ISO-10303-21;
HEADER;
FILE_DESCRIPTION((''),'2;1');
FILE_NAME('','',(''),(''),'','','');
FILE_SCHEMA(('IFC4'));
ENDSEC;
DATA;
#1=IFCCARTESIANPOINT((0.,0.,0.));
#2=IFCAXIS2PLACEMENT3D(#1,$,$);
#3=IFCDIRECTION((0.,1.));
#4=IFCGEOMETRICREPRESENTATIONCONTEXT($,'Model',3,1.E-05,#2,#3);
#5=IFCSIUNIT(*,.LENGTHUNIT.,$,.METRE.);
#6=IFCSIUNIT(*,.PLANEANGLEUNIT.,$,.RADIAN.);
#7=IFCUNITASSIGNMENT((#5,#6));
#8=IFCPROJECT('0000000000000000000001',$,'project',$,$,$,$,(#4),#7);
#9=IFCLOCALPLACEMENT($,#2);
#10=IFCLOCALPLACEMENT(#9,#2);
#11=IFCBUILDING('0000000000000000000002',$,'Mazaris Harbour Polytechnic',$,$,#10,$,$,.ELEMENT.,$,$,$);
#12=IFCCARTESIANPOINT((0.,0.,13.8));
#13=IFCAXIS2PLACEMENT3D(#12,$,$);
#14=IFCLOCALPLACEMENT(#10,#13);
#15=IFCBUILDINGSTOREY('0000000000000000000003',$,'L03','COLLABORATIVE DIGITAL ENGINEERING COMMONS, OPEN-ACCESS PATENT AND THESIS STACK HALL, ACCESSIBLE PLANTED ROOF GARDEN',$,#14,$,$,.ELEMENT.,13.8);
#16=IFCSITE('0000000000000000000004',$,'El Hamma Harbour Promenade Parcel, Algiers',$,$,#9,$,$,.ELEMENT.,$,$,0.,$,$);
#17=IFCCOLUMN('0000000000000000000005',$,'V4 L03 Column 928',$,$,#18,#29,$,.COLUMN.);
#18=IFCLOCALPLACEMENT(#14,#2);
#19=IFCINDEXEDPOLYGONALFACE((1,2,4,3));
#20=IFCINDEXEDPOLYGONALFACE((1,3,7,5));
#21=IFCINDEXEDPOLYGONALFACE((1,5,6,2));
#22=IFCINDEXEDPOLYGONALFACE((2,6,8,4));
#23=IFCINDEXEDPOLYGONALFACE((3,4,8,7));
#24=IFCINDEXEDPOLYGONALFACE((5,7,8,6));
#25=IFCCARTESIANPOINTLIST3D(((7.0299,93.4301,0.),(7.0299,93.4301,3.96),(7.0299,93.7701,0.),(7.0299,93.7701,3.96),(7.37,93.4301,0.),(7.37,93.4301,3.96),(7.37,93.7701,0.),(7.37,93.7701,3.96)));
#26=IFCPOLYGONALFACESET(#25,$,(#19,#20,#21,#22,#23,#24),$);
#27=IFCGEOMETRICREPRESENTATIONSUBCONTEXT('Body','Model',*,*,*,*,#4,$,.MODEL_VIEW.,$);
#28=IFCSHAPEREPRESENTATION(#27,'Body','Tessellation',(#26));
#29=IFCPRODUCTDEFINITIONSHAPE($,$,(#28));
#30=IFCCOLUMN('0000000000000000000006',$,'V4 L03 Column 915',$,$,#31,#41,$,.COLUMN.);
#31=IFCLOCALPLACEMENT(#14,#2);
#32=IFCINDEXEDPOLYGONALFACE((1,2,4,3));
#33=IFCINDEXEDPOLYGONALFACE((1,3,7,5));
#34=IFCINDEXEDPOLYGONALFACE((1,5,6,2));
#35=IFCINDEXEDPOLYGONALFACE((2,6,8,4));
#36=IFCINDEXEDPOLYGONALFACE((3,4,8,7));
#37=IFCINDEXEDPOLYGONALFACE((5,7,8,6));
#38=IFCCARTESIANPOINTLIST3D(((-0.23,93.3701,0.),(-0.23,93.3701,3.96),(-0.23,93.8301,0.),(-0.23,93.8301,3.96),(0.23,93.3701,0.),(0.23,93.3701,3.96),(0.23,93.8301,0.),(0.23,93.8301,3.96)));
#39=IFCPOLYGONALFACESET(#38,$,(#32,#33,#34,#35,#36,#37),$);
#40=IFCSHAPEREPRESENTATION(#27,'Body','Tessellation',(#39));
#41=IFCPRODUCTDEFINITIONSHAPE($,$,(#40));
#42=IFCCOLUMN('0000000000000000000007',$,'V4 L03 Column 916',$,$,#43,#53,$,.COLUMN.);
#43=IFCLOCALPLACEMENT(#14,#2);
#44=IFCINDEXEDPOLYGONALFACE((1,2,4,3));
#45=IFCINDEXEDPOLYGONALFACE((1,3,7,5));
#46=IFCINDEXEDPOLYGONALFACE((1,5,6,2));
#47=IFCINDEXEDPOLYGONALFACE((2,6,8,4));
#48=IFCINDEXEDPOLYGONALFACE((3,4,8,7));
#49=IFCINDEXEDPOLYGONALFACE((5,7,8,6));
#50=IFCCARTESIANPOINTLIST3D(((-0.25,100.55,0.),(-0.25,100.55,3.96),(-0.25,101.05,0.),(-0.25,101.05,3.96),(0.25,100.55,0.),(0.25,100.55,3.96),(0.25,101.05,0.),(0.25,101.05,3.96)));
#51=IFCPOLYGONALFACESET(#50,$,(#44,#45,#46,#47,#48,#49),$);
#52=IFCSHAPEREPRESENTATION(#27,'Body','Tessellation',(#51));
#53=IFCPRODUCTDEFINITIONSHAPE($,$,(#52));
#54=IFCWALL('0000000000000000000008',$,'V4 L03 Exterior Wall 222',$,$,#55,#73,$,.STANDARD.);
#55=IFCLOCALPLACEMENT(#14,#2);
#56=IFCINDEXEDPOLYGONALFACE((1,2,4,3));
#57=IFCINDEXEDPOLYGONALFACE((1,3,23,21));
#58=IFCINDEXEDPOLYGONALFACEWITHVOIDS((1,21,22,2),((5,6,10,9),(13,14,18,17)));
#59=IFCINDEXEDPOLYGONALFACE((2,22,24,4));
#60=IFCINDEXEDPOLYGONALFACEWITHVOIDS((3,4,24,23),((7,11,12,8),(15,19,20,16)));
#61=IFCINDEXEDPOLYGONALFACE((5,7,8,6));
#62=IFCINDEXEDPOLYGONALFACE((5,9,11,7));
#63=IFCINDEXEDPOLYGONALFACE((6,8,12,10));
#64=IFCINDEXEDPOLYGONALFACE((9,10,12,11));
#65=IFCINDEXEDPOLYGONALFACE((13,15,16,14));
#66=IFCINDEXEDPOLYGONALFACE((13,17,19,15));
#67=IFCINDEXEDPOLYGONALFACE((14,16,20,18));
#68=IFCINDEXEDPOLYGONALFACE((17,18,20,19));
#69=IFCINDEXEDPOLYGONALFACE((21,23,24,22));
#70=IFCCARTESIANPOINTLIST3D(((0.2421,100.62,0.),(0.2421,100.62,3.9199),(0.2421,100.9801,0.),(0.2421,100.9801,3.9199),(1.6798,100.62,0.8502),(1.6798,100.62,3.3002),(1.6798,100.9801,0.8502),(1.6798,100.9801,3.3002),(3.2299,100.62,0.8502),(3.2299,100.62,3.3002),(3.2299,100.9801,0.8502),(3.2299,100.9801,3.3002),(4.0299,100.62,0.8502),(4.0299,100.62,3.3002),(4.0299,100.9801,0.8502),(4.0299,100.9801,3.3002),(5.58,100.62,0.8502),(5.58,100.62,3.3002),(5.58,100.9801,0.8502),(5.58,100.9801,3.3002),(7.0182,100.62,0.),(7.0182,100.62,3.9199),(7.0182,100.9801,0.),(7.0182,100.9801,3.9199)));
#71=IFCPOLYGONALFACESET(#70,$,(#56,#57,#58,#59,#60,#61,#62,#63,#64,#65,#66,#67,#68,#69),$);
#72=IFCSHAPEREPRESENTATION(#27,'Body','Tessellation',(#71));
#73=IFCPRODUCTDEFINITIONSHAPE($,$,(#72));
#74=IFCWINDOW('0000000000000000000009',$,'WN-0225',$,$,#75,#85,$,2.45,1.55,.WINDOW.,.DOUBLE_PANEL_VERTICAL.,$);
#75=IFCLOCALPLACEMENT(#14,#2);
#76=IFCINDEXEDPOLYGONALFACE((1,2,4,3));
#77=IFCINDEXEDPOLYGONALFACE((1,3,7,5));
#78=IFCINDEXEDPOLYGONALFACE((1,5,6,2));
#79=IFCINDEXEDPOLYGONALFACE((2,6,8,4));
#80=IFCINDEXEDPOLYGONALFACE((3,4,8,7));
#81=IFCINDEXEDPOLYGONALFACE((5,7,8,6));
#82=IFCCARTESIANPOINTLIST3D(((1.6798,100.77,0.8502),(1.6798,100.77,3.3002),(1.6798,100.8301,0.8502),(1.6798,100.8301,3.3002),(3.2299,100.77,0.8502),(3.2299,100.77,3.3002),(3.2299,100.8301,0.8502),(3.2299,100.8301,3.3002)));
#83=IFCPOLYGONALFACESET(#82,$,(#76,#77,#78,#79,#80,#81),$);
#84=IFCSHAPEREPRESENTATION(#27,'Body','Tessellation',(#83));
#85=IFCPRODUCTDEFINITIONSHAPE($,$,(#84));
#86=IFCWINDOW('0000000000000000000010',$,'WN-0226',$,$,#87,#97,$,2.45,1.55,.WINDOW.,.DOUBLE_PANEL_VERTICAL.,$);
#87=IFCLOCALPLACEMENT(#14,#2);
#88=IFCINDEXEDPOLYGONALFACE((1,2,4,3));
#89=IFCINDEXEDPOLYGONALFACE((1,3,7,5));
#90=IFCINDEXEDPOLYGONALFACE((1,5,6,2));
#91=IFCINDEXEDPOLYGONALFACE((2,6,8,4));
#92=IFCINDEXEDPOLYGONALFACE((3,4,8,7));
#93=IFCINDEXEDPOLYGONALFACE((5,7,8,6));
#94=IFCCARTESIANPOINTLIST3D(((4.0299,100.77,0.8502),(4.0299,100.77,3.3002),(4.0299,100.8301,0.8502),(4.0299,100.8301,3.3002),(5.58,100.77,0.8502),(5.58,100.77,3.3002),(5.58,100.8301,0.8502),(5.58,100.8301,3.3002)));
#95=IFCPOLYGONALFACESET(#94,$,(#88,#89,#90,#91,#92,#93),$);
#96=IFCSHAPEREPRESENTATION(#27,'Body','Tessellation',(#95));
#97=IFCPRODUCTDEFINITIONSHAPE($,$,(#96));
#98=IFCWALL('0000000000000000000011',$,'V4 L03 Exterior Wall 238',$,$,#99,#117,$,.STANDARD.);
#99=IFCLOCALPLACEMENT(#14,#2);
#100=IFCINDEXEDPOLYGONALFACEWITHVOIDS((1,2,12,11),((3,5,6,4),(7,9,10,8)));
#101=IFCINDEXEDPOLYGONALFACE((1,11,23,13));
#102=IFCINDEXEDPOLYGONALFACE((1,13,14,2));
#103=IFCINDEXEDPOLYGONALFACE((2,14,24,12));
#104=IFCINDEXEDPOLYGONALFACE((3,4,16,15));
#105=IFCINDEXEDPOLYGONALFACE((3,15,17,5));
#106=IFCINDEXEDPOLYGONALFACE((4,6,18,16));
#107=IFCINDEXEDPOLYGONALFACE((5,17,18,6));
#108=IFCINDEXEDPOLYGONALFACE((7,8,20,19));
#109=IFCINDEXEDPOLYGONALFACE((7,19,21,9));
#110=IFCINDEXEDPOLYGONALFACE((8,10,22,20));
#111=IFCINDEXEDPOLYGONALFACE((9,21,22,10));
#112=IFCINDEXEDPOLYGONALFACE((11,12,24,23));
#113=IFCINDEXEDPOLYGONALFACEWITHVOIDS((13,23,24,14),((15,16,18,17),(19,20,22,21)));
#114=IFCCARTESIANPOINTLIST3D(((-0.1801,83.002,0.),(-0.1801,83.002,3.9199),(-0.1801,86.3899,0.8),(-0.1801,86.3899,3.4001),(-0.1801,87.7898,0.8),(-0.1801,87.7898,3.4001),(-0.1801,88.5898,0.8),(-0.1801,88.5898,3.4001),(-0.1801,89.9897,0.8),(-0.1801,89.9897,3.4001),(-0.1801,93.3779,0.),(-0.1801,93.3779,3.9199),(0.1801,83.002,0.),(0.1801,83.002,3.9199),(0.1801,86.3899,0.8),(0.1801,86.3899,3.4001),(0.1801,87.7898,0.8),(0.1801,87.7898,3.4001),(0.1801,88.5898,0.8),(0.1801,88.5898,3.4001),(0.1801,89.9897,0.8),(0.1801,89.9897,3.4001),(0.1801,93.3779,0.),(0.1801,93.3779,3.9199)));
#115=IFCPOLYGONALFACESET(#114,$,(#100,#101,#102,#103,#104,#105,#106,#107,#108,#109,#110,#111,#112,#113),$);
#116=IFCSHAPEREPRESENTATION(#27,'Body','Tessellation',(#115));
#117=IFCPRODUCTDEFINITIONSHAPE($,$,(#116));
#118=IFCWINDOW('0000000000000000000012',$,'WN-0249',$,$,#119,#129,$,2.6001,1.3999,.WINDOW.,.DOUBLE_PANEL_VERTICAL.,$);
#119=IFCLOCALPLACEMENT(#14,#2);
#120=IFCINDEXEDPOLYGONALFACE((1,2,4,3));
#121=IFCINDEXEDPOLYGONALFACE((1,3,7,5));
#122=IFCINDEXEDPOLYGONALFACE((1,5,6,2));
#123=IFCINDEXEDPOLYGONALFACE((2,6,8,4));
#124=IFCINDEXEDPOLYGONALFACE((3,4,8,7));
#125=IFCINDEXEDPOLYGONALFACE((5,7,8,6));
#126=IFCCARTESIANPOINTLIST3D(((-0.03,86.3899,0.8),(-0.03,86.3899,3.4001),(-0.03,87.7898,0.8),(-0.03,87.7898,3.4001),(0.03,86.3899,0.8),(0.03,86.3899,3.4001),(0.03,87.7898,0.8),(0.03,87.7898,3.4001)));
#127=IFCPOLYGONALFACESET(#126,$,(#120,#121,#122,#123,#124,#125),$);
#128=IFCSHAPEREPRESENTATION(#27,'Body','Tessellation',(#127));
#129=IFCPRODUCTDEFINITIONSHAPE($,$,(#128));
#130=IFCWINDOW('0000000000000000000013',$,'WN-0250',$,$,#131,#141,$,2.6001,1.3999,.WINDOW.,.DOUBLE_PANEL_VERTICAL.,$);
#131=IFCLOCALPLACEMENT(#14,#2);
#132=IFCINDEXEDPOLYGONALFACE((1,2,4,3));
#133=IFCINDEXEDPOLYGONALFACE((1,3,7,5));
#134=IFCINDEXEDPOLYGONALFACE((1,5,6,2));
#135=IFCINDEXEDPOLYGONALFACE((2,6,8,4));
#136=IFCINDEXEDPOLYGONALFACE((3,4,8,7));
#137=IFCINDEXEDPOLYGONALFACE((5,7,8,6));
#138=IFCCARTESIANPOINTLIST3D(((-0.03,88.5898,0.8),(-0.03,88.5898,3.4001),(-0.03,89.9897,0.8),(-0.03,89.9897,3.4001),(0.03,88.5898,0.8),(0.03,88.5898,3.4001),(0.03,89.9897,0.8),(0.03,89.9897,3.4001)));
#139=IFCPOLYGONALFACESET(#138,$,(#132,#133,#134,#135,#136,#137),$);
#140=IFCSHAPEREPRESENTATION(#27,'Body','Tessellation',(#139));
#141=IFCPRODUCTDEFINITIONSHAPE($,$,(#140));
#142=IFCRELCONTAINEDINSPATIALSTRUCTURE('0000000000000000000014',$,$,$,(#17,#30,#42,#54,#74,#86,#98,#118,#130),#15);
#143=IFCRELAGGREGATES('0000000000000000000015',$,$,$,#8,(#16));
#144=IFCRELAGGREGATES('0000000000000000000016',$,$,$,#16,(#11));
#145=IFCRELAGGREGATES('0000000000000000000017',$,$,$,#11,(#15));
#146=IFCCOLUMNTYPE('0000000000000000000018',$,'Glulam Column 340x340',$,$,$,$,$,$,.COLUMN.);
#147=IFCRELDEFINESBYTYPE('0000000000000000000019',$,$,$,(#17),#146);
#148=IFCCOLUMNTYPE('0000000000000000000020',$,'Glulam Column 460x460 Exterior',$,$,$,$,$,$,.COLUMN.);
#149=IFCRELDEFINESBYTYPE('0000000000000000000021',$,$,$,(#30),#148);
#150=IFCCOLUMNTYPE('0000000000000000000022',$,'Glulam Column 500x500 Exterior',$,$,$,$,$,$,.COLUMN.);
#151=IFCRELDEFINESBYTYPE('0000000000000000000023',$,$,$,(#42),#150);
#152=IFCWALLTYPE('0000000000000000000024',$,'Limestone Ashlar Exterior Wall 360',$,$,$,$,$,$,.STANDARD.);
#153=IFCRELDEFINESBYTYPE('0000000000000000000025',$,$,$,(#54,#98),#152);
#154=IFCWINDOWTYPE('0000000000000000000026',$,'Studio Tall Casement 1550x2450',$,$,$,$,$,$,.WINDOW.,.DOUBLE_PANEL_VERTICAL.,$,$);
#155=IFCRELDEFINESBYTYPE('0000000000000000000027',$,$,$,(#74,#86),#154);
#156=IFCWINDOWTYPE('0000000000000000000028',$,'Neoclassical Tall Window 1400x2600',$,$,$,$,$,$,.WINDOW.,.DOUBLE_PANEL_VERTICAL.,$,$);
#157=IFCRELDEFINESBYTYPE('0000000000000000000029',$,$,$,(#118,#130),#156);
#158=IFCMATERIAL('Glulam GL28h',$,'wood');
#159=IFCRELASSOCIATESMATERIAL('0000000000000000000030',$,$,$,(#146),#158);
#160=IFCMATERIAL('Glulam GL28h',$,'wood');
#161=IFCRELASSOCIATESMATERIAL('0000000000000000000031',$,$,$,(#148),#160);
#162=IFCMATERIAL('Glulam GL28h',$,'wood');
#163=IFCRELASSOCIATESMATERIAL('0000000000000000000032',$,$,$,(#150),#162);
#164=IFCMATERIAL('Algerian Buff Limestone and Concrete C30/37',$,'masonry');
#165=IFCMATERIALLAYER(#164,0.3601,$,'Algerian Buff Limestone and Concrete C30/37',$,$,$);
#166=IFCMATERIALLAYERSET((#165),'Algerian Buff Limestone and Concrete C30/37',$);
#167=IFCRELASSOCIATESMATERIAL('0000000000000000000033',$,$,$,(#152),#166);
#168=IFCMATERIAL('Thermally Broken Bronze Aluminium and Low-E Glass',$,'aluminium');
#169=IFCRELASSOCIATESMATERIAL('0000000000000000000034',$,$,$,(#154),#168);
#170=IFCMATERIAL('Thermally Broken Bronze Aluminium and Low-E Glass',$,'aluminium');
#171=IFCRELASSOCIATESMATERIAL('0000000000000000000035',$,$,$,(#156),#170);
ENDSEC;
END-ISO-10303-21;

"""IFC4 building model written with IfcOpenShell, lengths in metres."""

from ifc_helpers import new_model, si_unit, direction, frame, frame_2d, origin, origin_2d, place, context, subcontext, project, spatial, rectangle, extrude, material, layer, layer_set, material_profile, profile_set, type_object, element, fill, save


model = new_model("IFC4")

# Units and contexts
model_context = context("Model", 3, precision=1e-05, world=origin(), true_north=direction((0.0, 1.0)))
body_context = subcontext(model_context, "Body", "Model", "MODEL_VIEW")
ifc_project = project(units=[si_unit("LENGTHUNIT", "METRE"), si_unit("PLANEANGLEUNIT", "RADIAN")], contexts=[model_context])

# Site, building, storey
site_placement = place(None, origin())
site = spatial("IfcSite", under=ifc_project, at=site_placement, Name="El Hamma Harbour Promenade Parcel, Algiers", CompositionType="ELEMENT", RefElevation=0.0)
building_placement = place(site_placement, origin())
building = spatial("IfcBuilding", under=site, at=building_placement, Name="Mazaris Harbour Polytechnic", CompositionType="ELEMENT")
storey_placement = place(building_placement, frame((0.0, 0.0, 13.8)))
storey = spatial("IfcBuildingStorey", under=building, at=storey_placement, Name="L03", Description="COLLABORATIVE DIGITAL ENGINEERING COMMONS, OPEN-ACCESS PATENT AND THESIS STACK HALL, ACCESSIBLE PLANTED ROOF GARDEN", CompositionType="ELEMENT", Elevation=13.8)

# Columns
ifc_material_1 = material(Name="Glulam GL28h", Category="wood")
ifc_material_profile_1 = material_profile(ifc_material_1, rectangle(XDim=0.3401, YDim=0.3401, at=origin_2d()), Name="RECT340x340")
ifc_profile_set_1 = profile_set([ifc_material_profile_1], Name="Glulam GL28h")
column_type_1 = type_object("IfcColumnType", Name="Glulam Column 340x340", PredefinedType="COLUMN", material=ifc_profile_set_1)
column_1_placement = place(storey_placement, frame((7.2, 93.6001, 0.0), z_axis=(0.0, 0.0, 1.0), x_axis=(1.0, 0.0, 0.0)))
element("IfcColumn", 1, at=column_1_placement, inside=storey, type_object=column_type_1, Name="V4 L03 Column 928", PredefinedType="COLUMN", context=body_context, shape_type="SweptSolid", body=[
    extrude(rectangle(XDim=0.3401, YDim=0.3401, at=origin_2d()), origin(), (0.0, 0.0, 1.0), 3.96),
])
ifc_material_2 = material(Name="Glulam GL28h", Category="wood")
ifc_material_profile_2 = material_profile(ifc_material_2, rectangle(XDim=0.46, YDim=0.46, at=origin_2d()), Name="RECT460x460")
ifc_profile_set_2 = profile_set([ifc_material_profile_2], Name="Glulam GL28h")
column_type_2 = type_object("IfcColumnType", Name="Glulam Column 460x460 Exterior", PredefinedType="COLUMN", material=ifc_profile_set_2)
column_2_placement = place(storey_placement, frame((0.0, 93.6001, 0.0), z_axis=(0.0, 0.0, 1.0), x_axis=(1.0, 0.0, 0.0)))
element("IfcColumn", 2, at=column_2_placement, inside=storey, type_object=column_type_2, Name="V4 L03 Column 915", PredefinedType="COLUMN", context=body_context, shape_type="SweptSolid", body=[
    extrude(rectangle(XDim=0.46, YDim=0.46, at=origin_2d()), origin(), (0.0, 0.0, 1.0), 3.96),
])
ifc_material_3 = material(Name="Glulam GL28h", Category="wood")
ifc_material_profile_3 = material_profile(ifc_material_3, rectangle(XDim=0.5, YDim=0.5, at=origin_2d()), Name="RECT500x500")
ifc_profile_set_3 = profile_set([ifc_material_profile_3], Name="Glulam GL28h")
column_type_3 = type_object("IfcColumnType", Name="Glulam Column 500x500 Exterior", PredefinedType="COLUMN", material=ifc_profile_set_3)
column_3_placement = place(storey_placement, frame((0.0, 100.8, 0.0), z_axis=(0.0, 0.0, 1.0), x_axis=(1.0, 0.0, 0.0)))
element("IfcColumn", 3, at=column_3_placement, inside=storey, type_object=column_type_3, Name="V4 L03 Column 916", PredefinedType="COLUMN", context=body_context, shape_type="SweptSolid", body=[
    extrude(rectangle(XDim=0.5, YDim=0.5, at=origin_2d()), origin(), (0.0, 0.0, 1.0), 3.96),
])

# Walls, openings, windows
ifc_material_4 = material(Name="Algerian Buff Limestone and Concrete C30/37", Category="masonry")
ifc_layer_1 = layer(ifc_material_4, 0.3601, Name="Algerian Buff Limestone and Concrete C30/37")
ifc_layer_set_1 = layer_set([ifc_layer_1], Name="Algerian Buff Limestone and Concrete C30/37")
wall_type_1 = type_object("IfcWallType", Name="Limestone Ashlar Exterior Wall 360", PredefinedType="STANDARD", material=ifc_layer_set_1)
wall_1_placement = place(storey_placement, frame((0.2419, 100.8, 0.0), z_axis=(0.0, 0.0, 1.0), x_axis=(1.0, 0.0, 0.0)))
wall_1 = element("IfcWall", 4, at=wall_1_placement, inside=storey, type_object=wall_type_1, Name="V4 L03 Exterior Wall 222", PredefinedType="STANDARD", context=body_context, shape_type="SweptSolid", body=[
    extrude(rectangle(XDim=6.7761, YDim=0.3601, at=frame_2d((3.3882, 0.0))), origin(), (0.0, 0.0, 1.0), 3.9199),
])
opening_1_placement = place(wall_1_placement, frame((1.438, 0.0, 0.8501)))
opening_1 = element("IfcOpeningElement", 5, at=opening_1_placement, cuts=wall_1, PredefinedType="OPENING", context=body_context, shape_type="SweptSolid", body=[
    extrude(rectangle(XDim=1.55, YDim=2.45, at=frame_2d((0.7749, 1.2251))), frame((0.0, 0.1899, 0.0), z_axis=(0.0, -1.0, 0.0), x_axis=(1.0, 0.0, 0.0)), (0.0, 0.0, 1.0), 0.3801),
])
opening_2_placement = place(wall_1_placement, frame((3.7881, 0.0, 0.8501)))
opening_2 = element("IfcOpeningElement", 6, at=opening_2_placement, cuts=wall_1, PredefinedType="OPENING", context=body_context, shape_type="SweptSolid", body=[
    extrude(rectangle(XDim=1.55, YDim=2.45, at=frame_2d((0.7749, 1.2251))), frame((0.0, 0.1899, 0.0), z_axis=(0.0, -1.0, 0.0), x_axis=(1.0, 0.0, 0.0)), (0.0, 0.0, 1.0), 0.3801),
])
ifc_material_5 = material(Name="Thermally Broken Bronze Aluminium and Low-E Glass", Category="aluminium")
window_type_1 = type_object("IfcWindowType", Name="Studio Tall Casement 1550x2450", PartitioningType="DOUBLE_PANEL_VERTICAL", PredefinedType="WINDOW", material=ifc_material_5)
window_1_placement = place(opening_1_placement, origin())
window_1 = element("IfcWindow", 7, at=window_1_placement, inside=storey, type_object=window_type_1, Name="WN-0225", OverallHeight=2.45, OverallWidth=1.55, PartitioningType="DOUBLE_PANEL_VERTICAL", PredefinedType="WINDOW", context=body_context, shape_type="SweptSolid", body=[
    extrude(rectangle(XDim=1.55, YDim=2.45, at=frame_2d((0.7749, 1.2251))), frame((0.0, 0.03, 0.0), z_axis=(0.0, -1.0, 0.0), x_axis=(1.0, 0.0, 0.0)), (0.0, 0.0, 1.0), 0.0601),
])
fill(opening_1, window_1)
window_2_placement = place(opening_2_placement, origin())
window_2 = element("IfcWindow", 8, at=window_2_placement, inside=storey, type_object=window_type_1, Name="WN-0226", OverallHeight=2.45, OverallWidth=1.55, PartitioningType="DOUBLE_PANEL_VERTICAL", PredefinedType="WINDOW", context=body_context, shape_type="SweptSolid", body=[
    extrude(rectangle(XDim=1.55, YDim=2.45, at=frame_2d((0.7749, 1.2251))), frame((0.0, 0.03, 0.0), z_axis=(0.0, -1.0, 0.0), x_axis=(1.0, 0.0, 0.0)), (0.0, 0.0, 1.0), 0.0601),
])
fill(opening_2, window_2)
wall_2_placement = place(storey_placement, frame((0.0, 83.002, 0.0), z_axis=(0.0, 0.0, 1.0), x_axis=(0.0, 1.0, 0.0)))
wall_2 = element("IfcWall", 9, at=wall_2_placement, inside=storey, type_object=wall_type_1, Name="V4 L03 Exterior Wall 238", PredefinedType="STANDARD", context=body_context, shape_type="SweptSolid", body=[
    extrude(rectangle(XDim=10.376, YDim=0.3601, at=frame_2d((5.188, 0.0))), origin(), (0.0, 0.0, 1.0), 3.9199),
])
opening_3_placement = place(wall_2_placement, frame((3.3879, 0.0, 0.8)))
opening_3 = element("IfcOpeningElement", 10, at=opening_3_placement, cuts=wall_2, PredefinedType="OPENING", context=body_context, shape_type="SweptSolid", body=[
    extrude(rectangle(XDim=1.3999, YDim=2.6001, at=frame_2d((0.7, 1.3))), frame((0.0, 0.1899, 0.0), z_axis=(0.0, -1.0, 0.0), x_axis=(1.0, 0.0, 0.0)), (0.0, 0.0, 1.0), 0.3801),
])
opening_4_placement = place(wall_2_placement, frame((5.5879, 0.0, 0.8)))
opening_4 = element("IfcOpeningElement", 11, at=opening_4_placement, cuts=wall_2, PredefinedType="OPENING", context=body_context, shape_type="SweptSolid", body=[
    extrude(rectangle(XDim=1.3999, YDim=2.6001, at=frame_2d((0.7, 1.3))), frame((0.0, 0.1899, 0.0), z_axis=(0.0, -1.0, 0.0), x_axis=(1.0, 0.0, 0.0)), (0.0, 0.0, 1.0), 0.3801),
])
ifc_material_6 = material(Name="Thermally Broken Bronze Aluminium and Low-E Glass", Category="aluminium")
window_type_2 = type_object("IfcWindowType", Name="Neoclassical Tall Window 1400x2600", PartitioningType="DOUBLE_PANEL_VERTICAL", PredefinedType="WINDOW", material=ifc_material_6)
window_3_placement = place(opening_3_placement, origin())
window_3 = element("IfcWindow", 12, at=window_3_placement, inside=storey, type_object=window_type_2, Name="WN-0249", OverallHeight=2.6001, OverallWidth=1.3999, PartitioningType="DOUBLE_PANEL_VERTICAL", PredefinedType="WINDOW", context=body_context, shape_type="SweptSolid", body=[
    extrude(rectangle(XDim=1.3999, YDim=2.6001, at=frame_2d((0.7, 1.3))), frame((0.0, 0.03, 0.0), z_axis=(0.0, -1.0, 0.0), x_axis=(1.0, 0.0, 0.0)), (0.0, 0.0, 1.0), 0.0601),
])
fill(opening_3, window_3)
window_4_placement = place(opening_4_placement, origin())
window_4 = element("IfcWindow", 13, at=window_4_placement, inside=storey, type_object=window_type_2, Name="WN-0250", OverallHeight=2.6001, OverallWidth=1.3999, PartitioningType="DOUBLE_PANEL_VERTICAL", PredefinedType="WINDOW", context=body_context, shape_type="SweptSolid", body=[
    extrude(rectangle(XDim=1.3999, YDim=2.6001, at=frame_2d((0.7, 1.3))), frame((0.0, 0.03, 0.0), z_axis=(0.0, -1.0, 0.0), x_axis=(1.0, 0.0, 0.0)), (0.0, 0.0, 1.0), 0.0601),
])
fill(opening_4, window_4)

save(model, "model.ifc")
